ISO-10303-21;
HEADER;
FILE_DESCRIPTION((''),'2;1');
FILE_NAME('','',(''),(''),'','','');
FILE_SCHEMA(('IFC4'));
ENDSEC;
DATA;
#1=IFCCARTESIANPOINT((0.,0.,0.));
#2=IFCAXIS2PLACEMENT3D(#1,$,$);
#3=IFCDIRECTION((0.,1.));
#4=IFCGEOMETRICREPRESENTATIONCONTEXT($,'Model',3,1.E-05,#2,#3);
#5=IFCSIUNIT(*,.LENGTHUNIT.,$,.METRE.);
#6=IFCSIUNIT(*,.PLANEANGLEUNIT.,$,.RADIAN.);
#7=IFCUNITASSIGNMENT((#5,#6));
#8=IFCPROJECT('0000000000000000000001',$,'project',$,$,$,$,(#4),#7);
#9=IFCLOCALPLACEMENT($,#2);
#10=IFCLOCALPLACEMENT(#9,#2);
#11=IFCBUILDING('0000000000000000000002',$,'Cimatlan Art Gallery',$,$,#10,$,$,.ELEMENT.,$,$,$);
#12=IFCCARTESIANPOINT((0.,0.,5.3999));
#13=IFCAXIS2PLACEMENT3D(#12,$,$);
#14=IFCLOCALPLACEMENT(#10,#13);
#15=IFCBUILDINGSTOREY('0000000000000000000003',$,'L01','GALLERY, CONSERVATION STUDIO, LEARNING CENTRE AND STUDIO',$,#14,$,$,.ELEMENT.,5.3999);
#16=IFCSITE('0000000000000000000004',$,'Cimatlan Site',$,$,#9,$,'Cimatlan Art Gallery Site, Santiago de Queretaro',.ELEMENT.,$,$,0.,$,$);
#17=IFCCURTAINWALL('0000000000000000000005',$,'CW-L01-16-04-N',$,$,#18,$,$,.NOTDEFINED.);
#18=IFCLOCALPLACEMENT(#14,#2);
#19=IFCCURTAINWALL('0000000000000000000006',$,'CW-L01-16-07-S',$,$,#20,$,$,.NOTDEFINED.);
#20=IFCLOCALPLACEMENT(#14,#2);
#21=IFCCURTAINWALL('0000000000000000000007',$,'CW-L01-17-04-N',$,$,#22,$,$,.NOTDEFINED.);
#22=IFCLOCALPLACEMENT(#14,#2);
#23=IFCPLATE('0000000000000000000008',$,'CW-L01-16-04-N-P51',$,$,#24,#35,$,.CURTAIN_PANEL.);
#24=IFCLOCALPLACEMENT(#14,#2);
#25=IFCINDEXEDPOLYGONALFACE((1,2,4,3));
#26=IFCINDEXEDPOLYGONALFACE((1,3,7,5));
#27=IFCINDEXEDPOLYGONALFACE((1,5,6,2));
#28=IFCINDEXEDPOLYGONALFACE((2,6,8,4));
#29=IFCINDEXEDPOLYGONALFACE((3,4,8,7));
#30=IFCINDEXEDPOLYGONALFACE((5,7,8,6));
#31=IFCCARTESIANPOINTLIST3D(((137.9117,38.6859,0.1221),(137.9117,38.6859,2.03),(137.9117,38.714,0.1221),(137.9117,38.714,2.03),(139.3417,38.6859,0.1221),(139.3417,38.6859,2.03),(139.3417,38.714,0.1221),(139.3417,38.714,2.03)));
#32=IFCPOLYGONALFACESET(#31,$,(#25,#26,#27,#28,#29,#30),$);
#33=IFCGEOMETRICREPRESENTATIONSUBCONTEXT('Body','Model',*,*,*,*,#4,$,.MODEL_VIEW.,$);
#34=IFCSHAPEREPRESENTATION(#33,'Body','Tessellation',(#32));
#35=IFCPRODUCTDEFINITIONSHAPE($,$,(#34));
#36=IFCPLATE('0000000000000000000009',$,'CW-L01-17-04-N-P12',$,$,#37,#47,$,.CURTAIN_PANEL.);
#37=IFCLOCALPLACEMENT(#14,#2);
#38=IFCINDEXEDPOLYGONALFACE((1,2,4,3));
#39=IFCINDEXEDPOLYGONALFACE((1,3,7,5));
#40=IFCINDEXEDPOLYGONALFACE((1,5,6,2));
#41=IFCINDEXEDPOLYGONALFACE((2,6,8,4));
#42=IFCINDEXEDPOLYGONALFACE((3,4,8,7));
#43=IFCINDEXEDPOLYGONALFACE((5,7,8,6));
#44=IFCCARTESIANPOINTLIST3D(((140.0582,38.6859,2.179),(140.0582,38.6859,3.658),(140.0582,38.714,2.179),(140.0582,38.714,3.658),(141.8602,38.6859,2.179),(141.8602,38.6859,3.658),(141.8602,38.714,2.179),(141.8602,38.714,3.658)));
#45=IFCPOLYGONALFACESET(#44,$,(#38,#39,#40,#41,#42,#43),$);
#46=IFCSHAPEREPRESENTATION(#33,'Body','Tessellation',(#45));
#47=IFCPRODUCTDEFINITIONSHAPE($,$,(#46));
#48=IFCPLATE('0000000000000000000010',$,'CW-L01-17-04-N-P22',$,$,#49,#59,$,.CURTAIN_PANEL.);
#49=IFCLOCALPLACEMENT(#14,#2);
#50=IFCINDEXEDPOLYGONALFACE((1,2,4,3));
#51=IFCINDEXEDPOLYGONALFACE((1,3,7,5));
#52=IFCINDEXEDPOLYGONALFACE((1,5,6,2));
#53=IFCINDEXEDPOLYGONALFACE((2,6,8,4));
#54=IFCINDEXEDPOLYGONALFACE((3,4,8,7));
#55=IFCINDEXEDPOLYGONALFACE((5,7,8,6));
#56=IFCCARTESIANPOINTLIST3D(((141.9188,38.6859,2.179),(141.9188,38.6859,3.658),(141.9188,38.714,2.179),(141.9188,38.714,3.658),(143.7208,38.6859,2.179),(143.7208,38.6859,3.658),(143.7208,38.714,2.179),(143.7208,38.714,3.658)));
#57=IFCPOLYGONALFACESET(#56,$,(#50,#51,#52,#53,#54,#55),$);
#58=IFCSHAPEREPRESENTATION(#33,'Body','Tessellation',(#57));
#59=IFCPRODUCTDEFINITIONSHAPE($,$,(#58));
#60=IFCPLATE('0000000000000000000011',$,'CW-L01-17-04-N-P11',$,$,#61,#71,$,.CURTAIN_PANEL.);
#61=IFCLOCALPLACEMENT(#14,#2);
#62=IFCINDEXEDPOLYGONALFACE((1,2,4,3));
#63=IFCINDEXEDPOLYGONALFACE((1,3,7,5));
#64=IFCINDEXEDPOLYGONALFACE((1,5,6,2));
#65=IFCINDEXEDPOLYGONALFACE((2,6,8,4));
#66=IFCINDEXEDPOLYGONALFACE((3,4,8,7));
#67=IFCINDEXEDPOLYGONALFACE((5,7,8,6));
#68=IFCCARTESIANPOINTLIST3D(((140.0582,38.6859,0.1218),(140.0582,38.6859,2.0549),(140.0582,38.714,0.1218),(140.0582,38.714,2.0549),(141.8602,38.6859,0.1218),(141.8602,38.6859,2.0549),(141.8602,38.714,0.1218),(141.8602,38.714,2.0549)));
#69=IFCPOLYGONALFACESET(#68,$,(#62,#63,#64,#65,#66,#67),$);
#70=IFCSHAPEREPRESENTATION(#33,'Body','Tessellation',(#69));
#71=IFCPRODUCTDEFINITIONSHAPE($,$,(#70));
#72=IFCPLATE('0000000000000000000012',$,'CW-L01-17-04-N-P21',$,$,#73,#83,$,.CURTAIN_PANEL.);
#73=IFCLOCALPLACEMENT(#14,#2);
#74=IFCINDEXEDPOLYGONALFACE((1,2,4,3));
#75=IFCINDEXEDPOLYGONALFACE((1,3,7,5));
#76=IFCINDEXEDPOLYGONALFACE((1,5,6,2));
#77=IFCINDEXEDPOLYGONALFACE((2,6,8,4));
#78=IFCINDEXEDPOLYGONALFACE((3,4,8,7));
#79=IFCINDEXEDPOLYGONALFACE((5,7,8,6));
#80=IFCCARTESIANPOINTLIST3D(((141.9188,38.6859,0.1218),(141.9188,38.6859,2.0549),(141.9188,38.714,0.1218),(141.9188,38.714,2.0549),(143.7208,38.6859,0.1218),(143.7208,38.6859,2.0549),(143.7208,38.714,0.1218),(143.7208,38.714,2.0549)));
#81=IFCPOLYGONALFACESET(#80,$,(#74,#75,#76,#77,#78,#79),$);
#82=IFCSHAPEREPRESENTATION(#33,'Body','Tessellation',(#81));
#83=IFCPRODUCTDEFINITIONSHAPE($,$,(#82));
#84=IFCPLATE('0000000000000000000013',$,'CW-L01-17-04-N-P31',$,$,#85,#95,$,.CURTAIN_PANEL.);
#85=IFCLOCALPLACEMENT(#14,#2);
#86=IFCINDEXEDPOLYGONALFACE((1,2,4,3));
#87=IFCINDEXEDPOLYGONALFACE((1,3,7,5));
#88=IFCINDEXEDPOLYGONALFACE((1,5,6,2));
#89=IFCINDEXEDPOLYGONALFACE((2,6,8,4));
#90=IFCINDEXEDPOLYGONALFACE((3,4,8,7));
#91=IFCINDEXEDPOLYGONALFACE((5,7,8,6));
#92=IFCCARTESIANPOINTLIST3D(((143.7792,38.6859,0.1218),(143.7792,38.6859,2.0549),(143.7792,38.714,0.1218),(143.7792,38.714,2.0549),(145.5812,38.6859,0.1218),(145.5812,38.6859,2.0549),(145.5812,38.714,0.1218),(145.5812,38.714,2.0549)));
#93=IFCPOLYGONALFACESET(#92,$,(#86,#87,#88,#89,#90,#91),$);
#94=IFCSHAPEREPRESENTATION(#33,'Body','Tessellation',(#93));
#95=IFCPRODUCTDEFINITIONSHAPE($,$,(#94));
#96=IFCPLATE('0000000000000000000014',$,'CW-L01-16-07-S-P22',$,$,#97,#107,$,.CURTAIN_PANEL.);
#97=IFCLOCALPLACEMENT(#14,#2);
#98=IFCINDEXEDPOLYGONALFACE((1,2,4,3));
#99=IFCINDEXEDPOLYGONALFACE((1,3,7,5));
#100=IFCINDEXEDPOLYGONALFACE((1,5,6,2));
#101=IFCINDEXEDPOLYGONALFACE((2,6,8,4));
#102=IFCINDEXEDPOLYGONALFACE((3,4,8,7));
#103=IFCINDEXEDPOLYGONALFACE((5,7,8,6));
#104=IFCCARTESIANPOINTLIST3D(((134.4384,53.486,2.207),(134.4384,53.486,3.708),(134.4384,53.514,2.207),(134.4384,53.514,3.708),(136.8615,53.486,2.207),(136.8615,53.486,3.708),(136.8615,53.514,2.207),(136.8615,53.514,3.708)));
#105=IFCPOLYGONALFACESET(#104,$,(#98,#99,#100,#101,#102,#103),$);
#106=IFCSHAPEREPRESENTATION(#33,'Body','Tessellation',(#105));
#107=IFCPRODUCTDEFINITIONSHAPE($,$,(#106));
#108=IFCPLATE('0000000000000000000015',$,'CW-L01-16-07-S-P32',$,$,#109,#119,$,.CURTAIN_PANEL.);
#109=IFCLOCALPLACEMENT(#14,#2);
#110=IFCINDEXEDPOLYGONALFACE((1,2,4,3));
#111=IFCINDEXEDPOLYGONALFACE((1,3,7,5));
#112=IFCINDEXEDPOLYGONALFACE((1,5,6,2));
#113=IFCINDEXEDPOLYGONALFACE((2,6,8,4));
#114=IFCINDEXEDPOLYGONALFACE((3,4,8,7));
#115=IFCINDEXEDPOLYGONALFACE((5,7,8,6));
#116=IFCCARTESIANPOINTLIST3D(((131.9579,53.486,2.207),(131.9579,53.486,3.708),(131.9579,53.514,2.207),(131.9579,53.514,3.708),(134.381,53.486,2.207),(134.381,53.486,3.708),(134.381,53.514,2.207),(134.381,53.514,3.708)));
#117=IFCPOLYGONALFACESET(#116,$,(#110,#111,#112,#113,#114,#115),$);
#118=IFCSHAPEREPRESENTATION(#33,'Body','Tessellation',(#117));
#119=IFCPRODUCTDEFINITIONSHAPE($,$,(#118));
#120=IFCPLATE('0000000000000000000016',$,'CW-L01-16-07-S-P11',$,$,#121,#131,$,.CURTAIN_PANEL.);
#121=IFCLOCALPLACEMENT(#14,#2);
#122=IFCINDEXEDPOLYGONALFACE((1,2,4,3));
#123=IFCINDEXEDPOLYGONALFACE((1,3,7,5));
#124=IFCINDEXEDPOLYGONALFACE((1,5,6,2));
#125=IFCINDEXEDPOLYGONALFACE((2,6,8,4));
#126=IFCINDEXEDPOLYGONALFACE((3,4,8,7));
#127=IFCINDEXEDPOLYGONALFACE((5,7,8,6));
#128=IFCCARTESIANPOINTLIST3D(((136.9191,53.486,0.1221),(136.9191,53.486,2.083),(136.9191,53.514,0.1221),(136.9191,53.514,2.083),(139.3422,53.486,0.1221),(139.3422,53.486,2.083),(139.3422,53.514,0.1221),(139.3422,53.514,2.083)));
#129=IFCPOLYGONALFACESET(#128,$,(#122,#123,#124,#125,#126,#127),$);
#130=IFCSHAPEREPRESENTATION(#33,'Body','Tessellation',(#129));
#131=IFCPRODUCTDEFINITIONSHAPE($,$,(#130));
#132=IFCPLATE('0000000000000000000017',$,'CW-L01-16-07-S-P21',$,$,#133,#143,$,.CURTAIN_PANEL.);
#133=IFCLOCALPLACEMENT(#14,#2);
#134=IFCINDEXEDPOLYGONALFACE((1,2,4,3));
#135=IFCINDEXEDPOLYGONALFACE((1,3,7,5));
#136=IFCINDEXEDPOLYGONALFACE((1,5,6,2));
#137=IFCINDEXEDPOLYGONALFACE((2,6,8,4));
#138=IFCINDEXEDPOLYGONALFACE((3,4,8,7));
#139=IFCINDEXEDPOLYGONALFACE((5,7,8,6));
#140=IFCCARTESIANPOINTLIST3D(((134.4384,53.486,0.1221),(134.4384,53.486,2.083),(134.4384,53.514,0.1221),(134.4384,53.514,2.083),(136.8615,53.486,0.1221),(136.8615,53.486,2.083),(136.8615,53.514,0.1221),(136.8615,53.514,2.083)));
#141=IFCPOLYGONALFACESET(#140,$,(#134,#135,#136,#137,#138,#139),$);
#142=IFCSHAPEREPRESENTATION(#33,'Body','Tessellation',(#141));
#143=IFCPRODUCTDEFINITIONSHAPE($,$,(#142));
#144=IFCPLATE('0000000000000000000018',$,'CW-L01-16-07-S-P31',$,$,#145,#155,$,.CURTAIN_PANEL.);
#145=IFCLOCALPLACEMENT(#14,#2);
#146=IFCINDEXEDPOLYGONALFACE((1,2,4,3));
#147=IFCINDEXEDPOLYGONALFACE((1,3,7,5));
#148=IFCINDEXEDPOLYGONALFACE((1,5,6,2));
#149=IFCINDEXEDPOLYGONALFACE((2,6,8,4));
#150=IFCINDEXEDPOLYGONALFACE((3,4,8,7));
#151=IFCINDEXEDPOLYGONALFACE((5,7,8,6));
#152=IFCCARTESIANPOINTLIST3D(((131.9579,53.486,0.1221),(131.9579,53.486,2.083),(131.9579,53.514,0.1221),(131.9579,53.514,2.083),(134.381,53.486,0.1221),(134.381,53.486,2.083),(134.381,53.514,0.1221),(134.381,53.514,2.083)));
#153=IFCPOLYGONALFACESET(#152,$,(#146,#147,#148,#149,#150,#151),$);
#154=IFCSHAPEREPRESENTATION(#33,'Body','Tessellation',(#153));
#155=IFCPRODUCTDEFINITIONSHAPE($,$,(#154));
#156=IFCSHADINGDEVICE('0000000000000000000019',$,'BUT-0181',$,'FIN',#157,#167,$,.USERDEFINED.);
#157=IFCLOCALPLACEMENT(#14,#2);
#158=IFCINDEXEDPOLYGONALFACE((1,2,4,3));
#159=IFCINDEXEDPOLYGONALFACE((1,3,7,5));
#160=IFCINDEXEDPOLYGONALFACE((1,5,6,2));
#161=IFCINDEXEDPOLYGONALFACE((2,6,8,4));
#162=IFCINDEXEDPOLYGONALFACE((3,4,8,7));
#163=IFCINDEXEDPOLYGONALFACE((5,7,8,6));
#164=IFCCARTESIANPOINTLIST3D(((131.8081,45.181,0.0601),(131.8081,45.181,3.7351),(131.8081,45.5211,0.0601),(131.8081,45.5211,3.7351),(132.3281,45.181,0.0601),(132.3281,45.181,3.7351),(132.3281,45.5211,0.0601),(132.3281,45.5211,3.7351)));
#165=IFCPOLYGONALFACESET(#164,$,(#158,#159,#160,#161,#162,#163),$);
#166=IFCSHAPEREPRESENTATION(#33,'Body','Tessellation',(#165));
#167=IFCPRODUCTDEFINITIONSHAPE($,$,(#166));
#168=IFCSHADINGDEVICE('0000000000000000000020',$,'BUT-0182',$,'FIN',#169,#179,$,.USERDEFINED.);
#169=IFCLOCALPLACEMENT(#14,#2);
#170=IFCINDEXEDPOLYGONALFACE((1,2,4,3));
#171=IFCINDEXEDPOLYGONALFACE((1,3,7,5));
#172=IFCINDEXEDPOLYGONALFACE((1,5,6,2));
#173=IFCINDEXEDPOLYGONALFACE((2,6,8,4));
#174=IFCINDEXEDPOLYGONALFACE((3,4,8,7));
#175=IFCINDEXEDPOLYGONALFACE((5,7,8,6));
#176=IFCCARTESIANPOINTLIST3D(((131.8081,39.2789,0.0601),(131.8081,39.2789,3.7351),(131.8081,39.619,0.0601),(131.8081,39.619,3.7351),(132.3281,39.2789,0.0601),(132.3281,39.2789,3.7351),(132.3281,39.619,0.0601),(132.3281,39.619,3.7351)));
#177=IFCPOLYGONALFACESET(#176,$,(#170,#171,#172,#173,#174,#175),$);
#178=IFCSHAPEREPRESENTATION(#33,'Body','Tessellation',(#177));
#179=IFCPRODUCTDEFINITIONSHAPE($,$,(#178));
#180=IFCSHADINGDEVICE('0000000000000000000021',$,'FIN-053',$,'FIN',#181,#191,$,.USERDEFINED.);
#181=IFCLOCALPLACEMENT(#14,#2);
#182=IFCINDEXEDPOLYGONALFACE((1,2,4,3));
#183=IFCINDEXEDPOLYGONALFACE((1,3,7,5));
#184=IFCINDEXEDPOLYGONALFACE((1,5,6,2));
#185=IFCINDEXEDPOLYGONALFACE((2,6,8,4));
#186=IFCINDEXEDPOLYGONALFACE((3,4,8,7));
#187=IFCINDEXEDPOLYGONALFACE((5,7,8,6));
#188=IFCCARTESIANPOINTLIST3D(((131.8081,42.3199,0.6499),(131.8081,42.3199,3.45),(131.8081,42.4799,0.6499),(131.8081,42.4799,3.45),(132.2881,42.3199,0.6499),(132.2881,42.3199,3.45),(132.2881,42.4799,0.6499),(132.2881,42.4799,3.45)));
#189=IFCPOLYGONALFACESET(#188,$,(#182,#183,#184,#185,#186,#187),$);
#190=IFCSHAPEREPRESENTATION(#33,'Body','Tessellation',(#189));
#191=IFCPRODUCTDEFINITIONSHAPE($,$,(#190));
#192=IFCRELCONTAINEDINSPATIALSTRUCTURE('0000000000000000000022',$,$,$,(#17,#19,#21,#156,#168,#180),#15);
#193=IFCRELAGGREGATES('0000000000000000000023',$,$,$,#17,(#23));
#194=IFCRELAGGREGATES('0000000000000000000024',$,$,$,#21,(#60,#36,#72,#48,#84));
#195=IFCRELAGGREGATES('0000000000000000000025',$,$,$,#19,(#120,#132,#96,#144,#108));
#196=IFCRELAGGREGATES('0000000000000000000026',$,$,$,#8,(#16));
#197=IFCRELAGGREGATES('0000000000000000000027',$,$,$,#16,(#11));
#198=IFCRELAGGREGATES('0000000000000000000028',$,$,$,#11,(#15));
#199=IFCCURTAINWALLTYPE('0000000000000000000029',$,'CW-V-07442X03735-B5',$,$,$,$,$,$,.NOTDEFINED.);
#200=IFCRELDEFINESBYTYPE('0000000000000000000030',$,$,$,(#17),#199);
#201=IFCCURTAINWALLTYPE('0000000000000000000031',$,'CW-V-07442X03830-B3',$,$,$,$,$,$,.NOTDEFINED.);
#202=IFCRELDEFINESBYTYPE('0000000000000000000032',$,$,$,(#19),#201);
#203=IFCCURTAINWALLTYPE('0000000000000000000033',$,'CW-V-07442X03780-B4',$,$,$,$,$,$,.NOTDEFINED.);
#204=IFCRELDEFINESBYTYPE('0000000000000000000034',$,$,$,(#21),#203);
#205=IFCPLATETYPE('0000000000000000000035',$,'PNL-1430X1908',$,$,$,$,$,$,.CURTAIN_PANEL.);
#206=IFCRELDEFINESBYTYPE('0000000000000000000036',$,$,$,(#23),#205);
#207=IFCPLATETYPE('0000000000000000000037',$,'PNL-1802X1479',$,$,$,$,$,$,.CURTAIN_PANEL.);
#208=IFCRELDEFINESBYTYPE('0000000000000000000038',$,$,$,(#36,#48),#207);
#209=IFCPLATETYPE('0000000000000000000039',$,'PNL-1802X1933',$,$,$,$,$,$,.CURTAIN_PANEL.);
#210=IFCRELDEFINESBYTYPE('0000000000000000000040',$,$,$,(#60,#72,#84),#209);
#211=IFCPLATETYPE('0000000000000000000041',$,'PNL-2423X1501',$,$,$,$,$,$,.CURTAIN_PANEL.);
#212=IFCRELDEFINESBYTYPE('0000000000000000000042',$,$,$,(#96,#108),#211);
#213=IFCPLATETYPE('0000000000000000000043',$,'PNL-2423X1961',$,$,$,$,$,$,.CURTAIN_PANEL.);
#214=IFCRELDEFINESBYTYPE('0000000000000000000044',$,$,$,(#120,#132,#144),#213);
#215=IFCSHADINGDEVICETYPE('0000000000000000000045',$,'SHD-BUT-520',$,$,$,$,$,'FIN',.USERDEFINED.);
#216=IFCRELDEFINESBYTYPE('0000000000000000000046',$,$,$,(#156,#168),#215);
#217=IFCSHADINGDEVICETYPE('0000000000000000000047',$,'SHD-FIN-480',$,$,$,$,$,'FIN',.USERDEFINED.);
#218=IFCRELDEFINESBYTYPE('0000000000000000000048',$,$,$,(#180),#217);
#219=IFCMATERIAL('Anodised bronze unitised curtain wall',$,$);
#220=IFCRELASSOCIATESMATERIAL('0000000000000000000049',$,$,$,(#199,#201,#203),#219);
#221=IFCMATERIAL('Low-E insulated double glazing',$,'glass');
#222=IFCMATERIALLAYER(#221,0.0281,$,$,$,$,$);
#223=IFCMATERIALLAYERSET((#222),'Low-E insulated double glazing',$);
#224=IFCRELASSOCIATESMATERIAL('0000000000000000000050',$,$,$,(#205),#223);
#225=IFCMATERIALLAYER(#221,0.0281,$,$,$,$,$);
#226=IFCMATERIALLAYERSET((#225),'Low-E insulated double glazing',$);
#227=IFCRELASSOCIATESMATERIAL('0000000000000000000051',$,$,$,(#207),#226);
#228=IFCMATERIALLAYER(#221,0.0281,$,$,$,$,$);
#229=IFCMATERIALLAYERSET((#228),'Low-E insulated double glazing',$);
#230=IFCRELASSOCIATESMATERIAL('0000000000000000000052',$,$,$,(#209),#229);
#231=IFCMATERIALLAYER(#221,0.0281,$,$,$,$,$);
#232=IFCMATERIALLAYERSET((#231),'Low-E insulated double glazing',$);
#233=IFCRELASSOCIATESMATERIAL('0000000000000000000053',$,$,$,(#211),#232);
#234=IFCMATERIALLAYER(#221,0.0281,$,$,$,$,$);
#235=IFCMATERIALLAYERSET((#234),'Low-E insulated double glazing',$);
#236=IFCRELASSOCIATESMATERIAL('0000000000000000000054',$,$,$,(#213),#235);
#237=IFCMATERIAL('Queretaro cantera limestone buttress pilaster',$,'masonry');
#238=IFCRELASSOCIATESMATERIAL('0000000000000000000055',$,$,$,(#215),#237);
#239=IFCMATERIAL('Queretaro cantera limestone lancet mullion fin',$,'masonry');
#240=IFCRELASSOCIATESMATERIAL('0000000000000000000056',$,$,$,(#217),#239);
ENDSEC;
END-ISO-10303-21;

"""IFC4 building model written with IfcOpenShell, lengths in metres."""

from ifc_helpers import new_model, si_unit, direction, frame, origin, origin_2d, place, context, subcontext, project, spatial, rectangle, extrude, material, layer, layer_set, type_object, element, aggregate, save


model = new_model("IFC4")

# Units and contexts
model_context = context("Model", 3, precision=1e-05, world=origin(), true_north=direction((0.0, 1.0)))
body_context = subcontext(model_context, "Body", "Model", "MODEL_VIEW")
ifc_project = project(units=[si_unit("LENGTHUNIT", "METRE"), si_unit("PLANEANGLEUNIT", "RADIAN")], contexts=[model_context])

# Site, building, storey
site_placement = place(None, origin())
site = spatial("IfcSite", under=ifc_project, at=site_placement, Name="Cimatlan Site", LongName="Cimatlan Art Gallery Site, Santiago de Queretaro", CompositionType="ELEMENT", RefElevation=0.0)
building_placement = place(site_placement, origin())
building = spatial("IfcBuilding", under=site, at=building_placement, Name="Cimatlan Art Gallery", CompositionType="ELEMENT")
storey_placement = place(building_placement, frame((0.0, 0.0, 5.3999)))
storey = spatial("IfcBuildingStorey", under=building, at=storey_placement, Name="L01", Description="GALLERY, CONSERVATION STUDIO, LEARNING CENTRE AND STUDIO", CompositionType="ELEMENT", Elevation=5.3999)

# Curtain walls
ifc_material_1 = material(Name="Anodised bronze unitised curtain wall")
curtain_wall_type_1 = type_object("IfcCurtainWallType", Name="CW-V-07442X03735-B5", PredefinedType="NOTDEFINED", material=ifc_material_1)
curtain_wall_1_placement = place(storey_placement, origin())
curtain_wall_1 = element("IfcCurtainWall", 1, at=curtain_wall_1_placement, inside=storey, type_object=curtain_wall_type_1, Name="CW-L01-16-04-N", PredefinedType="NOTDEFINED")
curtain_wall_type_2 = type_object("IfcCurtainWallType", Name="CW-V-07442X03830-B3", PredefinedType="NOTDEFINED", material=ifc_material_1)
curtain_wall_2_placement = place(storey_placement, origin())
curtain_wall_2 = element("IfcCurtainWall", 2, at=curtain_wall_2_placement, inside=storey, type_object=curtain_wall_type_2, Name="CW-L01-16-07-S", PredefinedType="NOTDEFINED")
curtain_wall_type_3 = type_object("IfcCurtainWallType", Name="CW-V-07442X03780-B4", PredefinedType="NOTDEFINED", material=ifc_material_1)
curtain_wall_3_placement = place(storey_placement, origin())
curtain_wall_3 = element("IfcCurtainWall", 3, at=curtain_wall_3_placement, inside=storey, type_object=curtain_wall_type_3, Name="CW-L01-17-04-N", PredefinedType="NOTDEFINED")

# Plates
ifc_material_2 = material(Name="Low-E insulated double glazing", Category="glass")
ifc_layer_1 = layer(ifc_material_2, 0.0281)
ifc_layer_set_1 = layer_set([ifc_layer_1], Name="Low-E insulated double glazing")
plate_type_1 = type_object("IfcPlateType", Name="PNL-1430X1908", PredefinedType="CURTAIN_PANEL", material=ifc_layer_set_1)
plate_1_placement = place(storey_placement, frame((138.6267, 38.7, 0.1221), z_axis=(0.0, 0.0, 1.0), x_axis=(1.0, 0.0, 0.0)))
plate_1 = element("IfcPlate", 4, at=plate_1_placement, type_object=plate_type_1, Name="CW-L01-16-04-N-P51", PredefinedType="CURTAIN_PANEL", context=body_context, shape_type="SweptSolid", body=[
    extrude(rectangle(XDim=1.4299, YDim=0.0281, at=origin_2d()), origin(), (0.0, 0.0, 1.0), 1.908),
])
aggregate(curtain_wall_1, [plate_1])
ifc_layer_2 = layer(ifc_material_2, 0.0281)
ifc_layer_set_2 = layer_set([ifc_layer_2], Name="Low-E insulated double glazing")
plate_type_2 = type_object("IfcPlateType", Name="PNL-1802X1479", PredefinedType="CURTAIN_PANEL", material=ifc_layer_set_2)
plate_2_placement = place(storey_placement, frame((140.9592, 38.7, 2.179), z_axis=(0.0, 0.0, 1.0), x_axis=(1.0, 0.0, 0.0)))
plate_2 = element("IfcPlate", 5, at=plate_2_placement, type_object=plate_type_2, Name="CW-L01-17-04-N-P12", PredefinedType="CURTAIN_PANEL", context=body_context, shape_type="SweptSolid", body=[
    extrude(rectangle(XDim=1.802, YDim=0.0281, at=origin_2d()), origin(), (0.0, 0.0, 1.0), 1.479),
])
plate_3_placement = place(storey_placement, frame((142.8198, 38.7, 2.179), z_axis=(0.0, 0.0, 1.0), x_axis=(1.0, 0.0, 0.0)))
plate_3 = element("IfcPlate", 6, at=plate_3_placement, type_object=plate_type_2, Name="CW-L01-17-04-N-P22", PredefinedType="CURTAIN_PANEL", context=body_context, shape_type="SweptSolid", body=[
    extrude(rectangle(XDim=1.802, YDim=0.0281, at=origin_2d()), origin(), (0.0, 0.0, 1.0), 1.479),
])
ifc_layer_3 = layer(ifc_material_2, 0.0281)
ifc_layer_set_3 = layer_set([ifc_layer_3], Name="Low-E insulated double glazing")
plate_type_3 = type_object("IfcPlateType", Name="PNL-1802X1933", PredefinedType="CURTAIN_PANEL", material=ifc_layer_set_3)
plate_4_placement = place(storey_placement, frame((140.9592, 38.7, 0.1218), z_axis=(0.0, 0.0, 1.0), x_axis=(1.0, 0.0, 0.0)))
plate_4 = element("IfcPlate", 7, at=plate_4_placement, type_object=plate_type_3, Name="CW-L01-17-04-N-P11", PredefinedType="CURTAIN_PANEL", context=body_context, shape_type="SweptSolid", body=[
    extrude(rectangle(XDim=1.802, YDim=0.0281, at=origin_2d()), origin(), (0.0, 0.0, 1.0), 1.9331),
])
plate_5_placement = place(storey_placement, frame((142.8198, 38.7, 0.1218), z_axis=(0.0, 0.0, 1.0), x_axis=(1.0, 0.0, 0.0)))
plate_5 = element("IfcPlate", 8, at=plate_5_placement, type_object=plate_type_3, Name="CW-L01-17-04-N-P21", PredefinedType="CURTAIN_PANEL", context=body_context, shape_type="SweptSolid", body=[
    extrude(rectangle(XDim=1.802, YDim=0.0281, at=origin_2d()), origin(), (0.0, 0.0, 1.0), 1.9331),
])
plate_6_placement = place(storey_placement, frame((144.6802, 38.7, 0.1218), z_axis=(0.0, 0.0, 1.0), x_axis=(1.0, 0.0, 0.0)))
plate_6 = element("IfcPlate", 9, at=plate_6_placement, type_object=plate_type_3, Name="CW-L01-17-04-N-P31", PredefinedType="CURTAIN_PANEL", context=body_context, shape_type="SweptSolid", body=[
    extrude(rectangle(XDim=1.802, YDim=0.0281, at=origin_2d()), origin(), (0.0, 0.0, 1.0), 1.9331),
])
aggregate(curtain_wall_3, [plate_4, plate_2, plate_5, plate_3, plate_6])
ifc_layer_4 = layer(ifc_material_2, 0.0281)
ifc_layer_set_4 = layer_set([ifc_layer_4], Name="Low-E insulated double glazing")
plate_type_4 = type_object("IfcPlateType", Name="PNL-2423X1501", PredefinedType="CURTAIN_PANEL", material=ifc_layer_set_4)
plate_7_placement = place(storey_placement, frame((135.6499, 53.5, 2.207), z_axis=(0.0, 0.0, 1.0), x_axis=(-1.0, 0.0, 0.0)))
plate_7 = element("IfcPlate", 10, at=plate_7_placement, type_object=plate_type_4, Name="CW-L01-16-07-S-P22", PredefinedType="CURTAIN_PANEL", context=body_context, shape_type="SweptSolid", body=[
    extrude(rectangle(XDim=2.4231, YDim=0.0281, at=origin_2d()), origin(), (0.0, 0.0, 1.0), 1.501),
])
plate_8_placement = place(storey_placement, frame((133.1694, 53.5, 2.207), z_axis=(0.0, 0.0, 1.0), x_axis=(-1.0, 0.0, 0.0)))
plate_8 = element("IfcPlate", 11, at=plate_8_placement, type_object=plate_type_4, Name="CW-L01-16-07-S-P32", PredefinedType="CURTAIN_PANEL", context=body_context, shape_type="SweptSolid", body=[
    extrude(rectangle(XDim=2.4231, YDim=0.0281, at=origin_2d()), origin(), (0.0, 0.0, 1.0), 1.501),
])
ifc_layer_5 = layer(ifc_material_2, 0.0281)
ifc_layer_set_5 = layer_set([ifc_layer_5], Name="Low-E insulated double glazing")
plate_type_5 = type_object("IfcPlateType", Name="PNL-2423X1961", PredefinedType="CURTAIN_PANEL", material=ifc_layer_set_5)
plate_9_placement = place(storey_placement, frame((138.1306, 53.5, 0.1221), z_axis=(0.0, 0.0, 1.0), x_axis=(-1.0, 0.0, 0.0)))
plate_9 = element("IfcPlate", 12, at=plate_9_placement, type_object=plate_type_5, Name="CW-L01-16-07-S-P11", PredefinedType="CURTAIN_PANEL", context=body_context, shape_type="SweptSolid", body=[
    extrude(rectangle(XDim=2.4231, YDim=0.0281, at=origin_2d()), origin(), (0.0, 0.0, 1.0), 1.9609),
])
plate_10_placement = place(storey_placement, frame((135.6499, 53.5, 0.1221), z_axis=(0.0, 0.0, 1.0), x_axis=(-1.0, 0.0, 0.0)))
plate_10 = element("IfcPlate", 13, at=plate_10_placement, type_object=plate_type_5, Name="CW-L01-16-07-S-P21", PredefinedType="CURTAIN_PANEL", context=body_context, shape_type="SweptSolid", body=[
    extrude(rectangle(XDim=2.4231, YDim=0.0281, at=origin_2d()), origin(), (0.0, 0.0, 1.0), 1.9609),
])
plate_11_placement = place(storey_placement, frame((133.1694, 53.5, 0.1221), z_axis=(0.0, 0.0, 1.0), x_axis=(-1.0, 0.0, 0.0)))
plate_11 = element("IfcPlate", 14, at=plate_11_placement, type_object=plate_type_5, Name="CW-L01-16-07-S-P31", PredefinedType="CURTAIN_PANEL", context=body_context, shape_type="SweptSolid", body=[
    extrude(rectangle(XDim=2.4231, YDim=0.0281, at=origin_2d()), origin(), (0.0, 0.0, 1.0), 1.9609),
])
aggregate(curtain_wall_2, [plate_9, plate_10, plate_7, plate_11, plate_8])

# Shading devices
ifc_material_3 = material(Name="Queretaro cantera limestone buttress pilaster", Category="masonry")
shading_device_type_1 = type_object("IfcShadingDeviceType", Name="SHD-BUT-520", ElementType="FIN", PredefinedType="USERDEFINED", material=ifc_material_3)
for number, where, z_axis, x_axis, name in (
    (15, (132.0681, 45.3511, 0.0601), (0.0, 0.0, 1.0), (0.0, -1.0, 0.0), "BUT-0181"),
    (16, (132.0681, 39.449, 0.0601), (0.0, 0.0, 1.0), (0.0, -1.0, 0.0), "BUT-0182"),
):
    element("IfcShadingDevice", number, at=place(storey_placement, frame(where, z_axis=z_axis, x_axis=x_axis)), inside=storey, type_object=shading_device_type_1, Name=name, ObjectType="FIN", PredefinedType="USERDEFINED", context=body_context, shape_type="SweptSolid", body=[
        extrude(rectangle(XDim=0.3401, YDim=0.52, at=origin_2d()), origin(), (0.0, 0.0, 1.0), 3.675),
    ])
ifc_material_4 = material(Name="Queretaro cantera limestone lancet mullion fin", Category="masonry")
shading_device_type_2 = type_object("IfcShadingDeviceType", Name="SHD-FIN-480", ElementType="FIN", PredefinedType="USERDEFINED", material=ifc_material_4)
shading_device_placement = place(storey_placement, frame((132.0481, 42.3999, 0.6499), z_axis=(0.0, 0.0, 1.0), x_axis=(0.0, -1.0, 0.0)))
element("IfcShadingDevice", 17, at=shading_device_placement, inside=storey, type_object=shading_device_type_2, Name="FIN-053", ObjectType="FIN", PredefinedType="USERDEFINED", context=body_context, shape_type="SweptSolid", body=[
    extrude(rectangle(XDim=0.1599, YDim=0.48, at=origin_2d()), origin(), (0.0, 0.0, 1.0), 2.8),
])

save(model, "model.ifc")
